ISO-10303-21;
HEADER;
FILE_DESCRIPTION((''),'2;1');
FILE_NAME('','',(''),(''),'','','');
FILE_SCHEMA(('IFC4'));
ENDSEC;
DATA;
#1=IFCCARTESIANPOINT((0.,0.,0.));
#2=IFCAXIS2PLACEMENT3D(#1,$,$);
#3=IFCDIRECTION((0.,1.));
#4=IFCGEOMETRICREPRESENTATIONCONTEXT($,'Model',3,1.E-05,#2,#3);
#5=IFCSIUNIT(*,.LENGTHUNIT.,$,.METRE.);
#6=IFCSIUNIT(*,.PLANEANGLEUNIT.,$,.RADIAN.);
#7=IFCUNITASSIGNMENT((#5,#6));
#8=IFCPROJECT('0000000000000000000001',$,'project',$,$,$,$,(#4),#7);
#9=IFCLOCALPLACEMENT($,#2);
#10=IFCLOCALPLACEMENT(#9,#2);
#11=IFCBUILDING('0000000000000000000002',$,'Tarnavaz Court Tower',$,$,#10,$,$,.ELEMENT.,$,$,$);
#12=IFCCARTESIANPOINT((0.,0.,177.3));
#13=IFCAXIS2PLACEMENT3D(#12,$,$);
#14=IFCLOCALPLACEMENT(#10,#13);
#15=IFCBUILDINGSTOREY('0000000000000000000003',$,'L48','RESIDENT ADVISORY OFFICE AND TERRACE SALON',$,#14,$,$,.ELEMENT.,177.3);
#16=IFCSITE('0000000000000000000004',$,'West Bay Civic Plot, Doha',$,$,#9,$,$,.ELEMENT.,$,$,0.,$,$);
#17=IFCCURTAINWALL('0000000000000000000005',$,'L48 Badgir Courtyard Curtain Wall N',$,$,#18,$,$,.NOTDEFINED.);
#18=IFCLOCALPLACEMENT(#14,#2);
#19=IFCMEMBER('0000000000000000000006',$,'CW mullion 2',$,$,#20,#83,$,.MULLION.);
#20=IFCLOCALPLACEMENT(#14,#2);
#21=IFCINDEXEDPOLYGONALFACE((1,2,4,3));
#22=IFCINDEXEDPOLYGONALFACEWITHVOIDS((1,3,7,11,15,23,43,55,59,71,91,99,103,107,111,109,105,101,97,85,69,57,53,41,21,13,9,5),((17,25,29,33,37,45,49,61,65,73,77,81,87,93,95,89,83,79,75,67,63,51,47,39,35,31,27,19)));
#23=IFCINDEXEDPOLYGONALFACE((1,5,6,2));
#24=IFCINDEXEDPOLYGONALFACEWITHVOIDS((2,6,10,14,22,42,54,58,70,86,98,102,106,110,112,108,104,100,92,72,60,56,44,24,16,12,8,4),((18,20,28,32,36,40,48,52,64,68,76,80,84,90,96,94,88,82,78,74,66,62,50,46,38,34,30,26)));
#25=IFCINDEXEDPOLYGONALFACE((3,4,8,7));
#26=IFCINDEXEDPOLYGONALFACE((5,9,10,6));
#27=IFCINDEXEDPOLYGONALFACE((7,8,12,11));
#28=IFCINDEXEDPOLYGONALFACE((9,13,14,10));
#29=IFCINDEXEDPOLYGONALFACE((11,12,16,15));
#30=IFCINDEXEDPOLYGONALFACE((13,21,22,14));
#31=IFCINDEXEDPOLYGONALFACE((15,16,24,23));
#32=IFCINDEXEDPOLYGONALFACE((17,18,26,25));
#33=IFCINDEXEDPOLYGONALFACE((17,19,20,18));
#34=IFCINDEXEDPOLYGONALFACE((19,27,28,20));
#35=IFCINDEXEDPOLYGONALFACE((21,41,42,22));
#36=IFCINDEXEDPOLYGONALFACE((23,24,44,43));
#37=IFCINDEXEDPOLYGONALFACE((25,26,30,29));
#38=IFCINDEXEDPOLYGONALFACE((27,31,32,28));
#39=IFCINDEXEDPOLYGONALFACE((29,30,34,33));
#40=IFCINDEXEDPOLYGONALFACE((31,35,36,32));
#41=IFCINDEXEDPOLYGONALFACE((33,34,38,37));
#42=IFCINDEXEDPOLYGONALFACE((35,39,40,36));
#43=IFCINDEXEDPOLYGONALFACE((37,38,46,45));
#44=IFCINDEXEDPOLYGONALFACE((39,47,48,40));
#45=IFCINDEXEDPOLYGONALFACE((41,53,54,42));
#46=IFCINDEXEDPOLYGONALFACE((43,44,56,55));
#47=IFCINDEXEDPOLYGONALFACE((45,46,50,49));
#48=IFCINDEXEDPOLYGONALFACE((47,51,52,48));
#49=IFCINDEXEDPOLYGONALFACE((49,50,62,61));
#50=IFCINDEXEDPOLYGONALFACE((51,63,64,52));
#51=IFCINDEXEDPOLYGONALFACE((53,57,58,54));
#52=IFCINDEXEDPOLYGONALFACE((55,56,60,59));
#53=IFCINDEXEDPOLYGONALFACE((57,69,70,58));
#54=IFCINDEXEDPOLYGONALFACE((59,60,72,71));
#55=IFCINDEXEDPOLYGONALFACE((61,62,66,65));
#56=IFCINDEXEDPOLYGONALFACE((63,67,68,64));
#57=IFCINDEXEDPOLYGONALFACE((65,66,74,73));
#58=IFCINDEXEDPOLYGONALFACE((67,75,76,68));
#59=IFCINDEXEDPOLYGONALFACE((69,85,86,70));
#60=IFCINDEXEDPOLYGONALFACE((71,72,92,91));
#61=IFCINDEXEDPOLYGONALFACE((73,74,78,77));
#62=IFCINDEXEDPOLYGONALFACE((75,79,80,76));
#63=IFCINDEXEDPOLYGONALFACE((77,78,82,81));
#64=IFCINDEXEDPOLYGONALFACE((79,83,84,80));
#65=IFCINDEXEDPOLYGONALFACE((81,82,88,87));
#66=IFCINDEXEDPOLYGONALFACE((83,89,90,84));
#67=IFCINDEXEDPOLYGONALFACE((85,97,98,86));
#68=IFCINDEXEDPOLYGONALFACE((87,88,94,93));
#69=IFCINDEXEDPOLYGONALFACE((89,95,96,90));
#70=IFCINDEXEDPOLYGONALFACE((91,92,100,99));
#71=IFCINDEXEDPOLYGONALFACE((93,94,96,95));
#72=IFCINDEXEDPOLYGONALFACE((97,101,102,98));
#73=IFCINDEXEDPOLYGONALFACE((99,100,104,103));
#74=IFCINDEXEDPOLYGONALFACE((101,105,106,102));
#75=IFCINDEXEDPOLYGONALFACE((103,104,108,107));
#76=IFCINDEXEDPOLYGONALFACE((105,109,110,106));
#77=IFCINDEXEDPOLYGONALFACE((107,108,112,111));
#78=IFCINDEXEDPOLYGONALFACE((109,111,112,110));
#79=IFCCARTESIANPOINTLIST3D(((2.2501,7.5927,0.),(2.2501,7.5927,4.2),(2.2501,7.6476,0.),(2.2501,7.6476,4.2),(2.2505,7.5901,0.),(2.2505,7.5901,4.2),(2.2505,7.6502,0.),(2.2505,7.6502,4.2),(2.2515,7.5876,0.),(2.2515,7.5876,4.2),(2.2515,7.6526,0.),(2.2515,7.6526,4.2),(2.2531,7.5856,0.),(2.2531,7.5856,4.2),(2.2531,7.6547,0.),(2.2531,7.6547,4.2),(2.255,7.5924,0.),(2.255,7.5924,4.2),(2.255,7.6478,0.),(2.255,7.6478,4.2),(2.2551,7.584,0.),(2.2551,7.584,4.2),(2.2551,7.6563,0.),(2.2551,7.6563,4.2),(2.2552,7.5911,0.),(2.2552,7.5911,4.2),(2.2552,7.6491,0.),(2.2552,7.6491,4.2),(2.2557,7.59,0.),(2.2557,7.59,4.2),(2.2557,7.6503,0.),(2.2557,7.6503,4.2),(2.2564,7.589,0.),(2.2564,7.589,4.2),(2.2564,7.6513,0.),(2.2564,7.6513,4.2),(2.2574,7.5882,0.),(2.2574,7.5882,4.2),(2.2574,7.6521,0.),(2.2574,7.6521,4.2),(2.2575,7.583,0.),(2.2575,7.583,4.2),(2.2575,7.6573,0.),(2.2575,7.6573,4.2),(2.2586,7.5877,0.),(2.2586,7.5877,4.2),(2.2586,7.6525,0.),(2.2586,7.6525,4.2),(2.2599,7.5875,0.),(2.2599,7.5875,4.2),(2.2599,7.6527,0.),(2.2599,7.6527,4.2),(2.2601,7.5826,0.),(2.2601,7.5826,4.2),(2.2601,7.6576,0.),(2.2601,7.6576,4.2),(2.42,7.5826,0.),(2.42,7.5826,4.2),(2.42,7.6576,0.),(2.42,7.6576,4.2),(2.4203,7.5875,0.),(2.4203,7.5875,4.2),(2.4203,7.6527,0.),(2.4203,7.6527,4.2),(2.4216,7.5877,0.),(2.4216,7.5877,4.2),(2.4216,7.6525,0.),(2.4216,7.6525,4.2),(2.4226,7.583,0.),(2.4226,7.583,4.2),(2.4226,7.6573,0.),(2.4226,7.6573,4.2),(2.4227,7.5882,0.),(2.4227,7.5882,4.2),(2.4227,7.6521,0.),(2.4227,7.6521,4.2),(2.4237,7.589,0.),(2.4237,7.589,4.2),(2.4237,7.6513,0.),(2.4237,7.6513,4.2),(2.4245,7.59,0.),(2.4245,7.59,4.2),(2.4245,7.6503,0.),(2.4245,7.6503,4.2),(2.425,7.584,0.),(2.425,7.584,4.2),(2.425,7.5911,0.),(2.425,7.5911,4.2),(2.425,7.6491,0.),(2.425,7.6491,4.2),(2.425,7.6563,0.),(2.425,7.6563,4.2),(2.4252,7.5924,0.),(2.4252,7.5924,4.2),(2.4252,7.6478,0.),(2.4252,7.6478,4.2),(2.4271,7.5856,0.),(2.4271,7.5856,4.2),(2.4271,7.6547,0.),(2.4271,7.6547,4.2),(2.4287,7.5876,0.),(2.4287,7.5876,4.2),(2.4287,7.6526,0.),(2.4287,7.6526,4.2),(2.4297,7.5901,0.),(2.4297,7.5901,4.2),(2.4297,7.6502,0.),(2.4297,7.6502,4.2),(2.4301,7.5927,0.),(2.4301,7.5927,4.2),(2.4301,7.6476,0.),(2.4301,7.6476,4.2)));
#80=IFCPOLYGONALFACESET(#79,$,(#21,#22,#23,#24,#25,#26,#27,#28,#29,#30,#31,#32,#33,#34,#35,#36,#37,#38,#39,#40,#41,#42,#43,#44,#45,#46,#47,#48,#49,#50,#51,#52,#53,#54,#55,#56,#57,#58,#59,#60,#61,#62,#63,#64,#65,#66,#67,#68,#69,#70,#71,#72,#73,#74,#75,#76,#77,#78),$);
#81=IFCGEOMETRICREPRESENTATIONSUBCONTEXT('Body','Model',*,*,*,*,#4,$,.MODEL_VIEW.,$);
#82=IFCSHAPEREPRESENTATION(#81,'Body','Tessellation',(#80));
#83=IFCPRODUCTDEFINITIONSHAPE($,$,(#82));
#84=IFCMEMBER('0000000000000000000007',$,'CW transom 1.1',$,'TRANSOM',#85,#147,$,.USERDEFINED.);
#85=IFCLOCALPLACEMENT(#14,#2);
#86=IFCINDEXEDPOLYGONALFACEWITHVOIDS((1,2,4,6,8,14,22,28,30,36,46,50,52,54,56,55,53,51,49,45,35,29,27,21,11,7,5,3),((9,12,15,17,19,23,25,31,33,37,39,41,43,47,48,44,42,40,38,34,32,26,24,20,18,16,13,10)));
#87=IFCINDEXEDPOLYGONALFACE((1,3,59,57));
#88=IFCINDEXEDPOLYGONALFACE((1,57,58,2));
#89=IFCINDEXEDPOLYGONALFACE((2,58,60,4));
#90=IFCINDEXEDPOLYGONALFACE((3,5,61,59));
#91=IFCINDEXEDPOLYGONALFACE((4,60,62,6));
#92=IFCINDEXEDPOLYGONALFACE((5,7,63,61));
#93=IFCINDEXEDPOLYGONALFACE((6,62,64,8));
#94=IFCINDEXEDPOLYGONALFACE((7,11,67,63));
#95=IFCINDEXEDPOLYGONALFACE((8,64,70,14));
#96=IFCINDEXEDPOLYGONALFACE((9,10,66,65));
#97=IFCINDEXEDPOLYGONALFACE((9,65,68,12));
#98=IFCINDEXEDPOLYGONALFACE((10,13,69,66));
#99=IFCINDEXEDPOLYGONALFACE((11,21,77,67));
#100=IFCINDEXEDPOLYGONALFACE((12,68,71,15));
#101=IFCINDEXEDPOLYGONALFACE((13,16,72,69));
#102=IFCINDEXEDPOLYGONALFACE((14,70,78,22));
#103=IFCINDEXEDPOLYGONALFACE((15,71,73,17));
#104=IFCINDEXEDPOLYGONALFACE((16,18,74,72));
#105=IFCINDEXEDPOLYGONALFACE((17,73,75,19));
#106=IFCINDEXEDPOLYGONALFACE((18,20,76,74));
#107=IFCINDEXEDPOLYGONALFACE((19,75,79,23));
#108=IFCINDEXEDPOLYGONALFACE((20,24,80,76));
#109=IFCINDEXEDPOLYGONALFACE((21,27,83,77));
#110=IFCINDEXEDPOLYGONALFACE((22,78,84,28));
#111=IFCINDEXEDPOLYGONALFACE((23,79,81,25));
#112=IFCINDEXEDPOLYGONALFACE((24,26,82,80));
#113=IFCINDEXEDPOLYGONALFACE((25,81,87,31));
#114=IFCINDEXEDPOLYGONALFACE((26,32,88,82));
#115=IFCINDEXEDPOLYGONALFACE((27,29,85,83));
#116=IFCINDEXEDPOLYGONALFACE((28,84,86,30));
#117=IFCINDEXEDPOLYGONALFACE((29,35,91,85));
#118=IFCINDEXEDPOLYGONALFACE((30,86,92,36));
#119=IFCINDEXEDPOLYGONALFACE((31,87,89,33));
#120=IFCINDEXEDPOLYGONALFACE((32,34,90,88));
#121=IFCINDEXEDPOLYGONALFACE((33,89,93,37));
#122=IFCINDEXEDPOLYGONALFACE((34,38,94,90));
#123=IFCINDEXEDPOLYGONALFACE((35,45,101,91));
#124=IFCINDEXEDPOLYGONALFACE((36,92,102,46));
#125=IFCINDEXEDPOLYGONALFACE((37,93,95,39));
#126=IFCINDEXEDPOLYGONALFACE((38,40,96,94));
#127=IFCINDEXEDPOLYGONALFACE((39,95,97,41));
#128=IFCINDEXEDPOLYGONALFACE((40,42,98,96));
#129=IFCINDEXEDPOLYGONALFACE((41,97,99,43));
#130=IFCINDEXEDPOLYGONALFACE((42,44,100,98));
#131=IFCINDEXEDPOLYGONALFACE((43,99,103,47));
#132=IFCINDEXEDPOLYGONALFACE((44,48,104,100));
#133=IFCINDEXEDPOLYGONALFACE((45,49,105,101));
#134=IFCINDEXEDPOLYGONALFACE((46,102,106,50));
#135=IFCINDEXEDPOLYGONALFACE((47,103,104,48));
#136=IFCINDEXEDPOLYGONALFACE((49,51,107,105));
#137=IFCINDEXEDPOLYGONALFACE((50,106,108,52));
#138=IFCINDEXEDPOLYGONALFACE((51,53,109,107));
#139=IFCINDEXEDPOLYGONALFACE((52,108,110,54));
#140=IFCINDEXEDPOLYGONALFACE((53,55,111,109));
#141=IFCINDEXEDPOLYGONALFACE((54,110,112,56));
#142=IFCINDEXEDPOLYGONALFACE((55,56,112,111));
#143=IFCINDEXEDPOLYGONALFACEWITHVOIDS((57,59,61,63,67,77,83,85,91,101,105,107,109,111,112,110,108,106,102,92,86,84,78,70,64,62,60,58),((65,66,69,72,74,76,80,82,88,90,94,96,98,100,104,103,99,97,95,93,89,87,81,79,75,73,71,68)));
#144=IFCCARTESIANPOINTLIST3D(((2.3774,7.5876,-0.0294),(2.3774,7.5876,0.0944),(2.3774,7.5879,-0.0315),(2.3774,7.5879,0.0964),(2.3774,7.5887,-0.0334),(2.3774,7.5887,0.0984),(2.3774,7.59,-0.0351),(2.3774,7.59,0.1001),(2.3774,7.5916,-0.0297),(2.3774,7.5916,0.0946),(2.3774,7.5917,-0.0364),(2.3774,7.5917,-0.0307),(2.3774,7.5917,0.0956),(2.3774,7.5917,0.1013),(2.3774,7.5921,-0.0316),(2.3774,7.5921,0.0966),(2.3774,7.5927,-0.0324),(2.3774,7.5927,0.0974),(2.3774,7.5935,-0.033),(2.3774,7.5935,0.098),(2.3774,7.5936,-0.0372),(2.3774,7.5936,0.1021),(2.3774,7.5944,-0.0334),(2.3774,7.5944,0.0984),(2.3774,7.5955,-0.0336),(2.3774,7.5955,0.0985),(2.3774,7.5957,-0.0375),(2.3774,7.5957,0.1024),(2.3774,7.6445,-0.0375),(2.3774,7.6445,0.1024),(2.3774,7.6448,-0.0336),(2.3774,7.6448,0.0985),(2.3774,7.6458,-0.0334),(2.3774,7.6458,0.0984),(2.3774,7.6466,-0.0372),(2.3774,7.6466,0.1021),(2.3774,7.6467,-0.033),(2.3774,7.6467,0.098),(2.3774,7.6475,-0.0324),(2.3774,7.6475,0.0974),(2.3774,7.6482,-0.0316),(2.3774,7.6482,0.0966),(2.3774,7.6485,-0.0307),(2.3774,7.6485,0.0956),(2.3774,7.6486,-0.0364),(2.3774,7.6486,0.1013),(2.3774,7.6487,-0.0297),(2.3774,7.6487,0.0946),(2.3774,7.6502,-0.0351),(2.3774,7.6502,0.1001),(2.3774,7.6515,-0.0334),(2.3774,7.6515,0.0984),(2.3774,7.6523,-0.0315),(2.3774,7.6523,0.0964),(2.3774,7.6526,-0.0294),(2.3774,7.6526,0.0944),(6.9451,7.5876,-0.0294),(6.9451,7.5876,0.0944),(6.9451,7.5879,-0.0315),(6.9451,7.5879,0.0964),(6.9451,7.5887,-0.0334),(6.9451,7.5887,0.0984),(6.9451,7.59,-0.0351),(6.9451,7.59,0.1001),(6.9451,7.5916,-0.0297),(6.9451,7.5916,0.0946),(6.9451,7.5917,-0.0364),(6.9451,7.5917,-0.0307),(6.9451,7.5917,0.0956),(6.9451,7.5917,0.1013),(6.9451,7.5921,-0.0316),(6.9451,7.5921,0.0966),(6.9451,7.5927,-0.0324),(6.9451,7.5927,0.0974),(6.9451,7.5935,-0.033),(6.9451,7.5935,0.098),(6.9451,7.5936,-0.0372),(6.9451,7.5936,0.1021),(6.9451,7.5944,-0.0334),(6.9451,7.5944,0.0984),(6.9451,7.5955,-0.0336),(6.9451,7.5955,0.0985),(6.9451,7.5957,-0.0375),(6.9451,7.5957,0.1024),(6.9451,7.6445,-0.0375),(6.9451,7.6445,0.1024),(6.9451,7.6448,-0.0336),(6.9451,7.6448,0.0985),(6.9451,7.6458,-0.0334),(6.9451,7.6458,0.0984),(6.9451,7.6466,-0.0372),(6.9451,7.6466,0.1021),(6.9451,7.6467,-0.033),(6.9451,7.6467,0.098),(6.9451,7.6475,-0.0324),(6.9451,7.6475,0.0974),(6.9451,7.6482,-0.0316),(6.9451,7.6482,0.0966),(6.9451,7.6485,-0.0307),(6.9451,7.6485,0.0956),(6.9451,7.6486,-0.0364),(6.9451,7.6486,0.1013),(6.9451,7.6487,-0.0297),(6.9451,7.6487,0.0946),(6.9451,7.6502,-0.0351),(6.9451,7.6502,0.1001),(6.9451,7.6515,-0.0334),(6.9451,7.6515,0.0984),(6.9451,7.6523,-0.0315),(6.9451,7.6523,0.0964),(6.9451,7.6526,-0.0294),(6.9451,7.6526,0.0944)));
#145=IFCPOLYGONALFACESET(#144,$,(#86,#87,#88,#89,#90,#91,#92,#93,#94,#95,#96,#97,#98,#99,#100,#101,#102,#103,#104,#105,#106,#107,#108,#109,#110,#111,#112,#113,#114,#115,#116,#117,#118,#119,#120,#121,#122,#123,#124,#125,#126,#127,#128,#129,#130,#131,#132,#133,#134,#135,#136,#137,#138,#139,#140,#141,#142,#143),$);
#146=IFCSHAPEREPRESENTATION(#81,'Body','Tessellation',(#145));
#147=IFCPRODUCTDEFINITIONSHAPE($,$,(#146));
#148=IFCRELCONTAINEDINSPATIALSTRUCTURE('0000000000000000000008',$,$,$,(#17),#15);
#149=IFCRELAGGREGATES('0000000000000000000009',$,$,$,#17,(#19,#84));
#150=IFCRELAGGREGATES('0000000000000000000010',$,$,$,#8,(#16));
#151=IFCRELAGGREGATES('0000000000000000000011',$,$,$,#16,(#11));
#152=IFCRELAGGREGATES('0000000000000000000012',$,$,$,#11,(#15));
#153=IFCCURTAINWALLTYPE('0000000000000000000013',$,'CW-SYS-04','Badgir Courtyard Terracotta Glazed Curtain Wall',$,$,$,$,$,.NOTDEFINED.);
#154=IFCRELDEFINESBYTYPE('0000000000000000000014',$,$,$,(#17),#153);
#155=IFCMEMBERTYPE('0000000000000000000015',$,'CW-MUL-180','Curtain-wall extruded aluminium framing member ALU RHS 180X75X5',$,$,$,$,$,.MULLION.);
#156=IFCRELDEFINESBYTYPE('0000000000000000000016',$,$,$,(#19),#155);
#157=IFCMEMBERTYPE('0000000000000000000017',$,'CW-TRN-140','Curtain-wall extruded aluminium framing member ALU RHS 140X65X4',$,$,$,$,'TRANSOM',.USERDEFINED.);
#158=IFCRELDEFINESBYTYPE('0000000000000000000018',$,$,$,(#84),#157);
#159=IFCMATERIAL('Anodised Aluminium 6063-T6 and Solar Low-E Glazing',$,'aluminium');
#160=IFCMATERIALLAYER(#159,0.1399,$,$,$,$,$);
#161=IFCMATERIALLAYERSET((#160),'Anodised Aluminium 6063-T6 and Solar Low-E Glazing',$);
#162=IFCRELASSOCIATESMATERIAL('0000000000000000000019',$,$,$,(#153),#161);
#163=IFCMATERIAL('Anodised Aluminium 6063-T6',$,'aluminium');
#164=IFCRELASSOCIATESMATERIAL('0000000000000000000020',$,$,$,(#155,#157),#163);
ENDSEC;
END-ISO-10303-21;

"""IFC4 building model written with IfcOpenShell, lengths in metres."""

from ifc_helpers import new_model, si_unit, direction, frame, origin, origin_2d, place, context, subcontext, project, spatial, hollow_rectangle, extrude, material, layer, layer_set, material_profile, profile_set, type_object, element, aggregate, save


model = new_model("IFC4")

# Units and contexts
model_context = context("Model", 3, precision=1e-05, world=origin(), true_north=direction((0.0, 1.0)))
body_context = subcontext(model_context, "Body", "Model", "MODEL_VIEW")
ifc_project = project(units=[si_unit("LENGTHUNIT", "METRE"), si_unit("PLANEANGLEUNIT", "RADIAN")], contexts=[model_context])

# Site, building, storey
site_placement = place(None, origin())
site = spatial("IfcSite", under=ifc_project, at=site_placement, Name="West Bay Civic Plot, Doha", CompositionType="ELEMENT", RefElevation=0.0)
building_placement = place(site_placement, origin())
building = spatial("IfcBuilding", under=site, at=building_placement, Name="Tarnavaz Court Tower", CompositionType="ELEMENT")
storey_placement = place(building_placement, frame((0.0, 0.0, 177.3)))
storey = spatial("IfcBuildingStorey", under=building, at=storey_placement, Name="L48", Description="RESIDENT ADVISORY OFFICE AND TERRACE SALON", CompositionType="ELEMENT", Elevation=177.3)

# Curtain wall, members
ifc_material_1 = material(Name="Anodised Aluminium 6063-T6 and Solar Low-E Glazing", Category="aluminium")
ifc_layer_1 = layer(ifc_material_1, 0.1399)
ifc_layer_set_1 = layer_set([ifc_layer_1], Name="Anodised Aluminium 6063-T6 and Solar Low-E Glazing")
curtain_wall_type = type_object("IfcCurtainWallType", Name="CW-SYS-04", Description="Badgir Courtyard Terracotta Glazed Curtain Wall", PredefinedType="NOTDEFINED", material=ifc_layer_set_1)
curtain_wall_placement = place(storey_placement, origin())
curtain_wall = element("IfcCurtainWall", 1, at=curtain_wall_placement, inside=storey, type_object=curtain_wall_type, Name="L48 Badgir Courtyard Curtain Wall N", PredefinedType="NOTDEFINED")
ifc_material_2 = material(Name="Anodised Aluminium 6063-T6", Category="aluminium")
ifc_material_profile_1 = material_profile(ifc_material_2, hollow_rectangle(XDim=0.075, YDim=0.1799, WallThickness=0.0049, InnerFilletRadius=0.0049, OuterFilletRadius=0.01, at=origin_2d()), Name="ALU RHS 180X75X5")
ifc_profile_set_1 = profile_set([ifc_material_profile_1], Name="Anodised Aluminium 6063-T6")
member_type_1 = type_object("IfcMemberType", Name="CW-MUL-180", Description="Curtain-wall extruded aluminium framing member ALU RHS 180X75X5", PredefinedType="MULLION", material=ifc_profile_set_1)
member_1_placement = place(storey_placement, frame((2.3401, 7.6201, 0.0), z_axis=(0.0, 0.0, 1.0), x_axis=(0.0, -1.0, 0.0)))
member_1 = element("IfcMember", 2, at=member_1_placement, type_object=member_type_1, Name="CW mullion 2", PredefinedType="MULLION", context=body_context, shape_type="SweptSolid", body=[
    extrude(hollow_rectangle(XDim=0.075, YDim=0.1799, WallThickness=0.0049, InnerFilletRadius=0.0049, OuterFilletRadius=0.01, at=origin_2d()), origin(), (0.0, 0.0, 1.0), 4.2),
])
ifc_material_profile_2 = material_profile(ifc_material_2, hollow_rectangle(XDim=0.0649, YDim=0.1399, WallThickness=0.0039, InnerFilletRadius=0.0039, OuterFilletRadius=0.0081, at=origin_2d()), Name="ALU RHS 140X65X4")
ifc_profile_set_2 = profile_set([ifc_material_profile_2], Name="Anodised Aluminium 6063-T6")
member_type_2 = type_object("IfcMemberType", Name="CW-TRN-140", Description="Curtain-wall extruded aluminium framing member ALU RHS 140X65X4", ElementType="TRANSOM", PredefinedType="USERDEFINED", material=ifc_profile_set_2)
member_2_placement = place(storey_placement, frame((6.9451, 7.6201, 0.0325), z_axis=(-1.0, 0.0, 0.0), x_axis=(0.0, -1.0, 0.0)))
member_2 = element("IfcMember", 3, at=member_2_placement, type_object=member_type_2, Name="CW transom 1.1", ObjectType="TRANSOM", PredefinedType="USERDEFINED", context=body_context, shape_type="SweptSolid", body=[
    extrude(hollow_rectangle(XDim=0.0649, YDim=0.1399, WallThickness=0.0039, InnerFilletRadius=0.0039, OuterFilletRadius=0.0081, at=origin_2d()), origin(), (0.0, 0.0, 1.0), 4.5676),
])
aggregate(curtain_wall, [member_1, member_2])

save(model, "model.ifc")
